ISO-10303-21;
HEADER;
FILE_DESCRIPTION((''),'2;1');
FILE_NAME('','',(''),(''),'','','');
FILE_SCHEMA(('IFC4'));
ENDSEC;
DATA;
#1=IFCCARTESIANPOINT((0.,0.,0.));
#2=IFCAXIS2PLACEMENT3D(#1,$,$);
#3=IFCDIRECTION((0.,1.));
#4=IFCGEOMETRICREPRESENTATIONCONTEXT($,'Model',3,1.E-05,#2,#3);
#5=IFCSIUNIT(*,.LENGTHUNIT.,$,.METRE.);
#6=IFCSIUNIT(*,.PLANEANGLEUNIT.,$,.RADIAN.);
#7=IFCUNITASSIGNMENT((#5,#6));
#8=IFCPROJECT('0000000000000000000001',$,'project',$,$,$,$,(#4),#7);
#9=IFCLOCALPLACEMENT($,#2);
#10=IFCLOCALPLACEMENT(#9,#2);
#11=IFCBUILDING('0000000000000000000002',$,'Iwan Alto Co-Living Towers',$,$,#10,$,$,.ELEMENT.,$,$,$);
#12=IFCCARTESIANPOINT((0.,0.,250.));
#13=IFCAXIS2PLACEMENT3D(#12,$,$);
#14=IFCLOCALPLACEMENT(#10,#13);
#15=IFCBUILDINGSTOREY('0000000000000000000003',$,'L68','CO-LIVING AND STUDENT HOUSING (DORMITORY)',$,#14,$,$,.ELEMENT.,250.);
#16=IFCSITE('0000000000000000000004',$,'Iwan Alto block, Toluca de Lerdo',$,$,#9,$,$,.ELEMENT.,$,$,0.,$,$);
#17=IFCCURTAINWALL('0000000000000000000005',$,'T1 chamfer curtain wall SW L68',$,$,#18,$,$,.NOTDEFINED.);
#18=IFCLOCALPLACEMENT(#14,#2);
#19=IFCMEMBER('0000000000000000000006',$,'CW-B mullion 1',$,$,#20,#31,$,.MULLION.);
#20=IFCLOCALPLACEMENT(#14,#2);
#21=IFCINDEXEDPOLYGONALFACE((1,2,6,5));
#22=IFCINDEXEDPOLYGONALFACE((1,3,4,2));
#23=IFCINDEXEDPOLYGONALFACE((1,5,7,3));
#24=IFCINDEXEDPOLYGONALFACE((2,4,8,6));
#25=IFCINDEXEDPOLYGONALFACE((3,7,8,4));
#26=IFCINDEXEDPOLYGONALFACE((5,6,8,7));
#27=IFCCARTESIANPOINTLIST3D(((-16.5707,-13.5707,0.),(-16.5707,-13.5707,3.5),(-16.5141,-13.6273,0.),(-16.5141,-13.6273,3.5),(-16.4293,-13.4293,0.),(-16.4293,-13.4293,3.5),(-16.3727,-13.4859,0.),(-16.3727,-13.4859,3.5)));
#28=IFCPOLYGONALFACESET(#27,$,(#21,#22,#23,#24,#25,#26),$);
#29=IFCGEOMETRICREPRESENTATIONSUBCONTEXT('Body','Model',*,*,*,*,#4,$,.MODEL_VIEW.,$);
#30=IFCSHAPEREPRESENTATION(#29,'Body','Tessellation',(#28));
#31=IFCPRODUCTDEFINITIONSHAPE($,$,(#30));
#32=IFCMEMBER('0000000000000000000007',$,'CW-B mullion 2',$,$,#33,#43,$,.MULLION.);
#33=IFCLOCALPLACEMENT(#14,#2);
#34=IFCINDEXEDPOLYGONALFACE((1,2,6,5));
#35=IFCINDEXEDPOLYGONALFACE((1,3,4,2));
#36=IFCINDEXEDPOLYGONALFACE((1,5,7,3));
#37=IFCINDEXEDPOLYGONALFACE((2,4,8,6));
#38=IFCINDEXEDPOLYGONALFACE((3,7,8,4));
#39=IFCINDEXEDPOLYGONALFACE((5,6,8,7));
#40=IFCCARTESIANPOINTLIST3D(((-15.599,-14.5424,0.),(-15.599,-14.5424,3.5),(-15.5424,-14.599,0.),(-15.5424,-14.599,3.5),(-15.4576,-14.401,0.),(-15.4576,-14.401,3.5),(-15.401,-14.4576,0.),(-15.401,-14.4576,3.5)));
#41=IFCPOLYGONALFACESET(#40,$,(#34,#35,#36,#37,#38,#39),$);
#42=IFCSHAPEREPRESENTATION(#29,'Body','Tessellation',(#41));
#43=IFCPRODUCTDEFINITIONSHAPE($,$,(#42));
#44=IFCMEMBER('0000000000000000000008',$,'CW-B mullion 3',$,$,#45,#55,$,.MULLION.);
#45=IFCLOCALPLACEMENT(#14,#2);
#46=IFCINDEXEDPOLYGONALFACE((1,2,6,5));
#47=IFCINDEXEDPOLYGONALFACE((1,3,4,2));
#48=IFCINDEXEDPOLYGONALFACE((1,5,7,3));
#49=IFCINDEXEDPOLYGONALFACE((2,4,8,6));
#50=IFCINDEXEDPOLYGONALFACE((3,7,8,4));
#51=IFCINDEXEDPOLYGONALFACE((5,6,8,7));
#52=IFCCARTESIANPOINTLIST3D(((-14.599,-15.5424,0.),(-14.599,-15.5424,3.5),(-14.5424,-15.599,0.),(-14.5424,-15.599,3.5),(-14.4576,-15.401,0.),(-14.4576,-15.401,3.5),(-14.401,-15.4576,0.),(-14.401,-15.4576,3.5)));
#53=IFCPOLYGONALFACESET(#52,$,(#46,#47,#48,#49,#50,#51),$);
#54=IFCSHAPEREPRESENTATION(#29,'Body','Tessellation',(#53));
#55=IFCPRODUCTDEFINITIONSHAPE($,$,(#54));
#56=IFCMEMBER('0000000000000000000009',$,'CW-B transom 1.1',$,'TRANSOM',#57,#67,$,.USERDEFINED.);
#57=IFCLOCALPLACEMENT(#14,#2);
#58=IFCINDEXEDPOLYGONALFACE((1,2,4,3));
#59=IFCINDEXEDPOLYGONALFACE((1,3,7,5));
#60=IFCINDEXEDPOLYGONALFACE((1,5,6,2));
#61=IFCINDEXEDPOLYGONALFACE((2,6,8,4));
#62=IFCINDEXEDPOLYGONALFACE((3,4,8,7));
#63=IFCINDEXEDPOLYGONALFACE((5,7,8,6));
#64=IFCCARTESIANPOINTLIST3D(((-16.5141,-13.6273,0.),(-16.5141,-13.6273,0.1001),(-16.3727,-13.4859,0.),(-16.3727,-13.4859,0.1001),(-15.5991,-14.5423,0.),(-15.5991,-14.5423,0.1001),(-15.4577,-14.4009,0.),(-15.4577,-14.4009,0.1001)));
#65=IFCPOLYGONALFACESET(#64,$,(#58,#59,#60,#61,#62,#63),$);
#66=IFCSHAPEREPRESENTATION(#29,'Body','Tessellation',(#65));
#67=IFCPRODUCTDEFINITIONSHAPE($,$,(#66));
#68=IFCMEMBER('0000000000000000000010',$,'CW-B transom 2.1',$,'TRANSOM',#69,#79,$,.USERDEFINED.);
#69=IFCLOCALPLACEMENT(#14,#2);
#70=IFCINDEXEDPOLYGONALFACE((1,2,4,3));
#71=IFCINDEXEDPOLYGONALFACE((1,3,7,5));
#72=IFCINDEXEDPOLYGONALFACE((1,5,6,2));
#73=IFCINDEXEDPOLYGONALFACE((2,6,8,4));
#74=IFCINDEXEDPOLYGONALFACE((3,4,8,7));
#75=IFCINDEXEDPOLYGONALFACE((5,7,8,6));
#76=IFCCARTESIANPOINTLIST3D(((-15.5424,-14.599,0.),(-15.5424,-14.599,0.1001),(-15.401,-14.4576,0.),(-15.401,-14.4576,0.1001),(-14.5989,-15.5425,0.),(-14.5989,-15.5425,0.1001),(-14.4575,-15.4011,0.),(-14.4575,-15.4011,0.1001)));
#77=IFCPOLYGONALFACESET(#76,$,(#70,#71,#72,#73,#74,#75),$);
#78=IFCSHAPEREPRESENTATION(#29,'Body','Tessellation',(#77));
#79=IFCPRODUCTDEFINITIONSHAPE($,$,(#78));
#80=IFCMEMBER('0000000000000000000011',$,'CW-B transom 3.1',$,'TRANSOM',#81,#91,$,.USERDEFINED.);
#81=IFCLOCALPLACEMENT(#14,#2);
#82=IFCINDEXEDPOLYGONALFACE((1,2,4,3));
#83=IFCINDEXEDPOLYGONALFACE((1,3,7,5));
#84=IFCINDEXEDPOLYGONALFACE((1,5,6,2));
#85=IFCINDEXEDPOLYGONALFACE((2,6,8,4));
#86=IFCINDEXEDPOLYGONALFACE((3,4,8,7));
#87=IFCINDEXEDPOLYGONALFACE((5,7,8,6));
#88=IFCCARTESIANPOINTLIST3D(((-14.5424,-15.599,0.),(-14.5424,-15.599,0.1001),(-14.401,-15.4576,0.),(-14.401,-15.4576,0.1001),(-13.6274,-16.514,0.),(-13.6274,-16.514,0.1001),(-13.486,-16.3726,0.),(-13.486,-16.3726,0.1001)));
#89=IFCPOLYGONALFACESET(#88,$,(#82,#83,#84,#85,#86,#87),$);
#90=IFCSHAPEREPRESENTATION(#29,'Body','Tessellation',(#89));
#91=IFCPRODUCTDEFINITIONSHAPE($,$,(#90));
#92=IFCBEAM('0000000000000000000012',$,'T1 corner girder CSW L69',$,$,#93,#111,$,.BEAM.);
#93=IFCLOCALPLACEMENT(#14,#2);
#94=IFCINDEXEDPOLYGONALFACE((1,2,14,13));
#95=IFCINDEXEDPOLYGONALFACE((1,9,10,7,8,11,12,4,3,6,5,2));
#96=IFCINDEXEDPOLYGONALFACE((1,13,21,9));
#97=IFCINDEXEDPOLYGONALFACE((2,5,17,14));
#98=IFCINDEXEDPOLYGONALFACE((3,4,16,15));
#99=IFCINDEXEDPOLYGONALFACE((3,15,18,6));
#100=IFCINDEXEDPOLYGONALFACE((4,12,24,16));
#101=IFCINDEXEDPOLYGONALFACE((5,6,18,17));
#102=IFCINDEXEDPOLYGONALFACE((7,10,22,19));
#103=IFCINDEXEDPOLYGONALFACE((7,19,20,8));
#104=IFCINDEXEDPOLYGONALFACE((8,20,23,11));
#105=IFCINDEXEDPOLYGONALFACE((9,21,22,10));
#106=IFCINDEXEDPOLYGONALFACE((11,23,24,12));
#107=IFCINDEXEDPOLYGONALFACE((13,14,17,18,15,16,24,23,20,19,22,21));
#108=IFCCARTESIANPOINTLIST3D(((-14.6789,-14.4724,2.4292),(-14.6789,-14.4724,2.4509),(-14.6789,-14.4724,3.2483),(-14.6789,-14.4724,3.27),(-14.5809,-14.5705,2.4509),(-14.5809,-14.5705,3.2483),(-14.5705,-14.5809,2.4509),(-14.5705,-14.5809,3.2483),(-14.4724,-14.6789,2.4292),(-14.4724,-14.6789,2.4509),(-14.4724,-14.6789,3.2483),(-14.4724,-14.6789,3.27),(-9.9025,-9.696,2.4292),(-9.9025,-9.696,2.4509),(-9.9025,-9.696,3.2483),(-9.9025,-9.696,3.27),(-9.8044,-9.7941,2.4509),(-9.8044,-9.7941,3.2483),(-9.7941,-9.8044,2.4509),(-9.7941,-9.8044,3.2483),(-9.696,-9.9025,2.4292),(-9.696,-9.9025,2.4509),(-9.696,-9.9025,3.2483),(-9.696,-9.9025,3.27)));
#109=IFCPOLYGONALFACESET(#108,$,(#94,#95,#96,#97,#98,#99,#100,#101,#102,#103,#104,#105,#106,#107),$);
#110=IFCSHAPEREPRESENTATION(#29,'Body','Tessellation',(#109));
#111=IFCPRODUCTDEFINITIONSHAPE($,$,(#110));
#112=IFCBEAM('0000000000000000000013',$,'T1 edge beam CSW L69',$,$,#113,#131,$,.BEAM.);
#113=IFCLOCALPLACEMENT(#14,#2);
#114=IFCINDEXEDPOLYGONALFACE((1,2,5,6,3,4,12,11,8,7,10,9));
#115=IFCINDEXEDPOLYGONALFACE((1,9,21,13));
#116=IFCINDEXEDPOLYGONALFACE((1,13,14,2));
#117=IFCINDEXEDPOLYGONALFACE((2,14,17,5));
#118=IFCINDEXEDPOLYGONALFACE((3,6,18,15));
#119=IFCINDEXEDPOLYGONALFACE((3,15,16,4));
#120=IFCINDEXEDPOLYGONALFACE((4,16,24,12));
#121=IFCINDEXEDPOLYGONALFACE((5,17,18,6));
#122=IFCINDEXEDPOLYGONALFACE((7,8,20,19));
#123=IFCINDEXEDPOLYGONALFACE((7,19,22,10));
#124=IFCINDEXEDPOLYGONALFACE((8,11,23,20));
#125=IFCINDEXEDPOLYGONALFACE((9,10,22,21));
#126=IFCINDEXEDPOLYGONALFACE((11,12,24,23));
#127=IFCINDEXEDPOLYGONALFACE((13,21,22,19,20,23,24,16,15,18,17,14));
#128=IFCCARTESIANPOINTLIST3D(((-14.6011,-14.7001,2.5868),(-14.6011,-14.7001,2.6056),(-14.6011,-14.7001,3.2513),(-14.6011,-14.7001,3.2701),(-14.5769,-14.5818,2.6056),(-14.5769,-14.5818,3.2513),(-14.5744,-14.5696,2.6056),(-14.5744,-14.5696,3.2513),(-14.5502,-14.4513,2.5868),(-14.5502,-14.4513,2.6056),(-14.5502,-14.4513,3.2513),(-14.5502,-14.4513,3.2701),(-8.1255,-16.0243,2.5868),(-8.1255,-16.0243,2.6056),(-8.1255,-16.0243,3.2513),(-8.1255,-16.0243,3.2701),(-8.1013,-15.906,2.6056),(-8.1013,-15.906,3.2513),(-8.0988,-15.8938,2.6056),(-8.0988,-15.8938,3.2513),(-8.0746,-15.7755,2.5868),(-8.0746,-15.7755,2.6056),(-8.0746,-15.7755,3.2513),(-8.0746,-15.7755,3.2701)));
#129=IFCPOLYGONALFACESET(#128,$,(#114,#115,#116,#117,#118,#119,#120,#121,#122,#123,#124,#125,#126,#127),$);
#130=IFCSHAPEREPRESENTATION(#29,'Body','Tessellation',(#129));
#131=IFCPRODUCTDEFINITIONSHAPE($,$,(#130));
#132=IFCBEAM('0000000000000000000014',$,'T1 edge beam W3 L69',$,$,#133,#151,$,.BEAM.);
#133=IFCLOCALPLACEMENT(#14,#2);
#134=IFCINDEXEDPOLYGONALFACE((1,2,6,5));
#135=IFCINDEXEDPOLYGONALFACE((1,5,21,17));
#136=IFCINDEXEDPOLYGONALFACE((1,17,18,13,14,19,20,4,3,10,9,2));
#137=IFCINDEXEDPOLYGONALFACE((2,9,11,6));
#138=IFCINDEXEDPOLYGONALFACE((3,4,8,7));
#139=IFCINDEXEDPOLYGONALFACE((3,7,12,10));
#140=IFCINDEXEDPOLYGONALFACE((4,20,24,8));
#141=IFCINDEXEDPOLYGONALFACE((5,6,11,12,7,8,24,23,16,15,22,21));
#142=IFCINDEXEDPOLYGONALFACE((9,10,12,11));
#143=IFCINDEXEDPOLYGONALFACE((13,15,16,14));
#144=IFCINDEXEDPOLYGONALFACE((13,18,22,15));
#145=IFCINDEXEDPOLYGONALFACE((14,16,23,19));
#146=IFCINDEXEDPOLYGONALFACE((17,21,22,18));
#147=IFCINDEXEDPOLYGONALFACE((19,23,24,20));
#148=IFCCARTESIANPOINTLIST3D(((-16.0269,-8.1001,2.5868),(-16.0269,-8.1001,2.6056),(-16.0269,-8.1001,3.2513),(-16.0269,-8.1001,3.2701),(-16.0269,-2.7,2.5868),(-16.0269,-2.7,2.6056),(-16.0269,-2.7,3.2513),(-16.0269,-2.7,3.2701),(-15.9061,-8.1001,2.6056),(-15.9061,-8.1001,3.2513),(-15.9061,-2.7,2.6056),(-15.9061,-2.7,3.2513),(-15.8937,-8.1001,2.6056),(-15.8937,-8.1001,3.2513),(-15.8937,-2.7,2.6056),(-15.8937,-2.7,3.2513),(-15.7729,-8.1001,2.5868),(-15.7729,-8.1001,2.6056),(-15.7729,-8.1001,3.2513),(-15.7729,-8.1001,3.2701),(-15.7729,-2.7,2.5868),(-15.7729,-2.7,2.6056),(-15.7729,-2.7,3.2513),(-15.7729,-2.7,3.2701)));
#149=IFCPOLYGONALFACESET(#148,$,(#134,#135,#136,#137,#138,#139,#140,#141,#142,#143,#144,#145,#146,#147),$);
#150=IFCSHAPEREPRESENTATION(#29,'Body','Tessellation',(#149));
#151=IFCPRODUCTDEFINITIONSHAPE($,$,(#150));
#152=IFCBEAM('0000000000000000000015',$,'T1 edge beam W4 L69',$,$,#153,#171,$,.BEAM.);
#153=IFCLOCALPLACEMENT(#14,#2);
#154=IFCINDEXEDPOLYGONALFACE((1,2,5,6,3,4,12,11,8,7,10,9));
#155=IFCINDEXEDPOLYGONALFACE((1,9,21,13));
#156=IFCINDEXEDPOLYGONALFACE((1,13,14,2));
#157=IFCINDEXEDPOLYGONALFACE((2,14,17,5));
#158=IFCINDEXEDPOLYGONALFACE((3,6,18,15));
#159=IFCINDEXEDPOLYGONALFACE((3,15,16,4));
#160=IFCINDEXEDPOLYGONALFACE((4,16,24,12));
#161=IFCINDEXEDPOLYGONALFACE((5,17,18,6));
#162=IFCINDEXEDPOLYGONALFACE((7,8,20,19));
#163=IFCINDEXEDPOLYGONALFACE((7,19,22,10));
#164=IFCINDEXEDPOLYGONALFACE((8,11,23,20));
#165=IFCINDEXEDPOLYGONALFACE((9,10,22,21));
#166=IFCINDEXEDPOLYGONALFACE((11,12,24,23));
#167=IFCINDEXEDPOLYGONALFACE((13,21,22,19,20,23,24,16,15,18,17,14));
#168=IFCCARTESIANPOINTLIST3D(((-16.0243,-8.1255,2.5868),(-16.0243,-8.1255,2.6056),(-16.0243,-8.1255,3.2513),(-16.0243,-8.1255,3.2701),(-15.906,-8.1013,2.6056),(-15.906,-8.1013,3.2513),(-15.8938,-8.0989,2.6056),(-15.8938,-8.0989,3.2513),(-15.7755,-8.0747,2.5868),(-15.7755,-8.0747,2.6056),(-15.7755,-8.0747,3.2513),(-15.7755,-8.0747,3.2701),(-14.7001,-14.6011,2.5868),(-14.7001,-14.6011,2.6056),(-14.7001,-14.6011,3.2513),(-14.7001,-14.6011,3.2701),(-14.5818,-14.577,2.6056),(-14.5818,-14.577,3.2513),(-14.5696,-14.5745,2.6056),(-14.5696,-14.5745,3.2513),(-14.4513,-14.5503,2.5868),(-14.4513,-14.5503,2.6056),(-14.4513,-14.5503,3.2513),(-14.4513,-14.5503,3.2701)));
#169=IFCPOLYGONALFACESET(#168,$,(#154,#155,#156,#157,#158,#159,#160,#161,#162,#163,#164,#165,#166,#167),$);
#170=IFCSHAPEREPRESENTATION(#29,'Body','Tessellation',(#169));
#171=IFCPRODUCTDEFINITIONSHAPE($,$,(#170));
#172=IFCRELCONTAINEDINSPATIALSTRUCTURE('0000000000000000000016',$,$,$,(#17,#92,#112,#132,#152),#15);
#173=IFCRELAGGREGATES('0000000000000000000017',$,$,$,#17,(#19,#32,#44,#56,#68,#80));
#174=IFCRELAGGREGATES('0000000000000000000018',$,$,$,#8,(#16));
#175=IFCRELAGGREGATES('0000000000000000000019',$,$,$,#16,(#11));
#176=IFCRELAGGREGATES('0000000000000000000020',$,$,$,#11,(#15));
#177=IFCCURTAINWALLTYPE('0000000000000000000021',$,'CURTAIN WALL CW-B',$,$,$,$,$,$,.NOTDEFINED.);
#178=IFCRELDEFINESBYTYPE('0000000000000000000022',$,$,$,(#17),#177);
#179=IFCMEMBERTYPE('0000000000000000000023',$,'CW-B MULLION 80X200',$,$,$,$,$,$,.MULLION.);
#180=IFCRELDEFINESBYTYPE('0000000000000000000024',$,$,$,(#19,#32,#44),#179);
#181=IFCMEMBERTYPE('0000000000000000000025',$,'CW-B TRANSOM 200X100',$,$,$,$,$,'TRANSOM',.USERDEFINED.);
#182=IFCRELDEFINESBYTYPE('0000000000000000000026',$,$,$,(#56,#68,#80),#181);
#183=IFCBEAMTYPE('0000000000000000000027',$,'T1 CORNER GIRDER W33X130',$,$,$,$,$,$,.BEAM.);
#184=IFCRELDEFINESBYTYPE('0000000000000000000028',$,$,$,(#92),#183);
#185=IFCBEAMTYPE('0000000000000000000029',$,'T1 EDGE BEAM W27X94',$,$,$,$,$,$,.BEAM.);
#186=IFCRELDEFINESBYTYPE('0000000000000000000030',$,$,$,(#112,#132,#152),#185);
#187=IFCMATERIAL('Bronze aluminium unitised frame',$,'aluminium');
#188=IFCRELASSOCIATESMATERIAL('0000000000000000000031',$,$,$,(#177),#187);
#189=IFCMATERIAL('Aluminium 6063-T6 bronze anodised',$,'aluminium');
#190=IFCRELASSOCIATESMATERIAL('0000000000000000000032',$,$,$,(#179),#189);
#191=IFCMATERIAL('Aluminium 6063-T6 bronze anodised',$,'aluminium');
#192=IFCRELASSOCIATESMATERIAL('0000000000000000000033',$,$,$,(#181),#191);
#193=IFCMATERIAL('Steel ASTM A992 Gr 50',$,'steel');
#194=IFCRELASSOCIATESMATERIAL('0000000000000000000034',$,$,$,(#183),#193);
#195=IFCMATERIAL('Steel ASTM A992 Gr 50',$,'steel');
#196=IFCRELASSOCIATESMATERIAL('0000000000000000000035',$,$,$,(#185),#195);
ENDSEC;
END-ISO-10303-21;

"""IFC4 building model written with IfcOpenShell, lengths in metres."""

from ifc_helpers import new_model, si_unit, direction, frame, origin, origin_2d, place, context, subcontext, project, spatial, rectangle, i_section, extrude, material, material_profile, profile_set, type_object, element, aggregate, save


model = new_model("IFC4")

# Units and contexts
model_context = context("Model", 3, precision=1e-05, world=origin(), true_north=direction((0.0, 1.0)))
body_context = subcontext(model_context, "Body", "Model", "MODEL_VIEW")
ifc_project = project(units=[si_unit("LENGTHUNIT", "METRE"), si_unit("PLANEANGLEUNIT", "RADIAN")], contexts=[model_context])

# Site, building, storey
site_placement = place(None, origin())
site = spatial("IfcSite", under=ifc_project, at=site_placement, Name="Iwan Alto block, Toluca de Lerdo", CompositionType="ELEMENT", RefElevation=0.0)
building_placement = place(site_placement, origin())
building = spatial("IfcBuilding", under=site, at=building_placement, Name="Iwan Alto Co-Living Towers", CompositionType="ELEMENT")
storey_placement = place(building_placement, frame((0.0, 0.0, 250.0)))
storey = spatial("IfcBuildingStorey", under=building, at=storey_placement, Name="L68", Description="CO-LIVING AND STUDENT HOUSING (DORMITORY)", CompositionType="ELEMENT", Elevation=250.0)

# Curtain wall, members
ifc_material_1 = material(Name="Bronze aluminium unitised frame", Category="aluminium")
curtain_wall_type_1 = type_object("IfcCurtainWallType", Name="CURTAIN WALL CW-B", PredefinedType="NOTDEFINED", material=ifc_material_1)
curtain_wall_1_placement = place(storey_placement, origin())
curtain_wall_1 = element("IfcCurtainWall", 1, at=curtain_wall_1_placement, inside=storey, type_object=curtain_wall_type_1, Name="T1 chamfer curtain wall SW L68", PredefinedType="NOTDEFINED")
ifc_material_2 = material(Name="Aluminium 6063-T6 bronze anodised", Category="aluminium")
ifc_material_profile_1 = material_profile(ifc_material_2, rectangle(XDim=0.2, YDim=0.0801, at=origin_2d()), Name="AL 80X200")
ifc_profile_set_1 = profile_set([ifc_material_profile_1], Name="Aluminium 6063-T6 bronze anodised")
member_type_1 = type_object("IfcMemberType", Name="CW-B MULLION 80X200", PredefinedType="MULLION", material=ifc_profile_set_1)
member_1_placement = place(storey_placement, frame((-16.4717, -13.5283, 0.0), z_axis=(0.0, 0.0, 1.0), x_axis=(0.707107, 0.707107, 0.0)))
member_1 = element("IfcMember", 2, at=member_1_placement, type_object=member_type_1, Name="CW-B mullion 1", PredefinedType="MULLION", context=body_context, shape_type="SweptSolid", body=[
    extrude(rectangle(XDim=0.2, YDim=0.0801, at=origin_2d()), origin(), (0.0, 0.0, 1.0), 3.5),
])
member_2_placement = place(storey_placement, frame((-15.5, -14.5, 0.0), z_axis=(0.0, 0.0, 1.0), x_axis=(0.707107, 0.707107, 0.0)))
member_2 = element("IfcMember", 3, at=member_2_placement, type_object=member_type_1, Name="CW-B mullion 2", PredefinedType="MULLION", context=body_context, shape_type="SweptSolid", body=[
    extrude(rectangle(XDim=0.2, YDim=0.0801, at=origin_2d()), origin(), (0.0, 0.0, 1.0), 3.5),
])
member_3_placement = place(storey_placement, frame((-14.5, -15.5, 0.0), z_axis=(0.0, 0.0, 1.0), x_axis=(0.707107, 0.707107, 0.0)))
member_3 = element("IfcMember", 4, at=member_3_placement, type_object=member_type_1, Name="CW-B mullion 3", PredefinedType="MULLION", context=body_context, shape_type="SweptSolid", body=[
    extrude(rectangle(XDim=0.2, YDim=0.0801, at=origin_2d()), origin(), (0.0, 0.0, 1.0), 3.5),
])
ifc_material_3 = material(Name="Aluminium 6063-T6 bronze anodised", Category="aluminium")
ifc_material_profile_2 = material_profile(ifc_material_3, rectangle(XDim=0.2, YDim=0.1001, at=origin_2d()), Name="AL 200X100")
ifc_profile_set_2 = profile_set([ifc_material_profile_2], Name="Aluminium 6063-T6 bronze anodised")
member_type_2 = type_object("IfcMemberType", Name="CW-B TRANSOM 200X100", ElementType="TRANSOM", PredefinedType="USERDEFINED", material=ifc_profile_set_2)
member_4_placement = place(storey_placement, frame((-16.4434, -13.5566, 0.05), z_axis=(0.707107, -0.707107, 0.0), x_axis=(0.707107, 0.707107, 0.0)))
member_4 = element("IfcMember", 5, at=member_4_placement, type_object=member_type_2, Name="CW-B transom 1.1", ObjectType="TRANSOM", PredefinedType="USERDEFINED", context=body_context, shape_type="SweptSolid", body=[
    extrude(rectangle(XDim=0.2, YDim=0.1001, at=origin_2d()), origin(), (0.0, 0.0, 1.0), 1.2939),
])
member_5_placement = place(storey_placement, frame((-15.4717, -14.5283, 0.05), z_axis=(0.707107, -0.707107, 0.0), x_axis=(0.707107, 0.707107, 0.0)))
member_5 = element("IfcMember", 6, at=member_5_placement, type_object=member_type_2, Name="CW-B transom 2.1", ObjectType="TRANSOM", PredefinedType="USERDEFINED", context=body_context, shape_type="SweptSolid", body=[
    extrude(rectangle(XDim=0.2, YDim=0.1001, at=origin_2d()), origin(), (0.0, 0.0, 1.0), 1.3342),
])
member_6_placement = place(storey_placement, frame((-14.4717, -15.5283, 0.05), z_axis=(0.707107, -0.707107, 0.0), x_axis=(0.707107, 0.707107, 0.0)))
member_6 = element("IfcMember", 7, at=member_6_placement, type_object=member_type_2, Name="CW-B transom 3.1", ObjectType="TRANSOM", PredefinedType="USERDEFINED", context=body_context, shape_type="SweptSolid", body=[
    extrude(rectangle(XDim=0.2, YDim=0.1001, at=origin_2d()), origin(), (0.0, 0.0, 1.0), 1.2939),
])

# Beams
ifc_material_4 = material(Name="Steel ASTM A992 Gr 50", Category="steel")
ifc_material_profile_3 = material_profile(ifc_material_4, i_section(OverallWidth=0.292, OverallDepth=0.8408, WebThickness=0.0146, FlangeThickness=0.0217, at=origin_2d()), Name="W33X130")
ifc_profile_set_3 = profile_set([ifc_material_profile_3], Name="Steel ASTM A992 Gr 50")
beam_type_1 = type_object("IfcBeamType", Name="T1 CORNER GIRDER W33X130", PredefinedType="BEAM", material=ifc_profile_set_3)
beam_1_placement = place(storey_placement, frame((-14.5757, -14.5757, 2.8496), z_axis=(0.707107, 0.707107, 0.0), x_axis=(-0.707107, 0.707107, 0.0)))
element("IfcBeam", 8, at=beam_1_placement, inside=storey, type_object=beam_type_1, Name="T1 corner girder CSW L69", PredefinedType="BEAM", context=body_context, shape_type="SweptSolid", body=[
    extrude(i_section(OverallWidth=0.292, OverallDepth=0.8408, WebThickness=0.0146, FlangeThickness=0.0217, at=origin_2d()), origin(), (0.0, 0.0, 1.0), 6.7549),
])
ifc_material_5 = material(Name="Steel ASTM A992 Gr 50", Category="steel")
ifc_material_profile_4 = material_profile(ifc_material_5, i_section(OverallWidth=0.2539, OverallDepth=0.6833, WebThickness=0.0125, FlangeThickness=0.0188, at=origin_2d()), Name="W27X94")
ifc_profile_set_4 = profile_set([ifc_material_profile_4], Name="Steel ASTM A992 Gr 50")
beam_type_2 = type_object("IfcBeamType", Name="T1 EDGE BEAM W27X94", PredefinedType="BEAM", material=ifc_profile_set_4)
beam_2_placement = place(storey_placement, frame((-14.5757, -14.5757, 2.9285), z_axis=(0.979725, -0.200348, 0.0), x_axis=(0.200348, 0.979725, 0.0)))
element("IfcBeam", 9, at=beam_2_placement, inside=storey, type_object=beam_type_2, Name="T1 edge beam CSW L69", PredefinedType="BEAM", context=body_context, shape_type="SweptSolid", body=[
    extrude(i_section(OverallWidth=0.2539, OverallDepth=0.6833, WebThickness=0.0125, FlangeThickness=0.0188, at=origin_2d()), origin(), (0.0, 0.0, 1.0), 6.6096),
])
beam_3_placement = place(storey_placement, frame((-15.8999, -2.7, 2.9285), z_axis=(0.0, -1.0, 0.0), x_axis=(1.0, 0.0, 0.0)))
element("IfcBeam", 10, at=beam_3_placement, inside=storey, type_object=beam_type_2, Name="T1 edge beam W3 L69", PredefinedType="BEAM", context=body_context, shape_type="SweptSolid", body=[
    extrude(i_section(OverallWidth=0.2539, OverallDepth=0.6833, WebThickness=0.0125, FlangeThickness=0.0188, at=origin_2d()), origin(), (0.0, 0.0, 1.0), 5.4001),
])
beam_4_placement = place(storey_placement, frame((-15.8999, -8.1001, 2.9285), z_axis=(0.200348, -0.979725, 0.0), x_axis=(0.979725, 0.200348, 0.0)))
element("IfcBeam", 11, at=beam_4_placement, inside=storey, type_object=beam_type_2, Name="T1 edge beam W4 L69", PredefinedType="BEAM", context=body_context, shape_type="SweptSolid", body=[
    extrude(i_section(OverallWidth=0.2539, OverallDepth=0.6833, WebThickness=0.0125, FlangeThickness=0.0188, at=origin_2d()), origin(), (0.0, 0.0, 1.0), 6.6096),
])

aggregate(curtain_wall_1, [member_1, member_2, member_3, member_4, member_5, member_6])

save(model, "model.ifc")
